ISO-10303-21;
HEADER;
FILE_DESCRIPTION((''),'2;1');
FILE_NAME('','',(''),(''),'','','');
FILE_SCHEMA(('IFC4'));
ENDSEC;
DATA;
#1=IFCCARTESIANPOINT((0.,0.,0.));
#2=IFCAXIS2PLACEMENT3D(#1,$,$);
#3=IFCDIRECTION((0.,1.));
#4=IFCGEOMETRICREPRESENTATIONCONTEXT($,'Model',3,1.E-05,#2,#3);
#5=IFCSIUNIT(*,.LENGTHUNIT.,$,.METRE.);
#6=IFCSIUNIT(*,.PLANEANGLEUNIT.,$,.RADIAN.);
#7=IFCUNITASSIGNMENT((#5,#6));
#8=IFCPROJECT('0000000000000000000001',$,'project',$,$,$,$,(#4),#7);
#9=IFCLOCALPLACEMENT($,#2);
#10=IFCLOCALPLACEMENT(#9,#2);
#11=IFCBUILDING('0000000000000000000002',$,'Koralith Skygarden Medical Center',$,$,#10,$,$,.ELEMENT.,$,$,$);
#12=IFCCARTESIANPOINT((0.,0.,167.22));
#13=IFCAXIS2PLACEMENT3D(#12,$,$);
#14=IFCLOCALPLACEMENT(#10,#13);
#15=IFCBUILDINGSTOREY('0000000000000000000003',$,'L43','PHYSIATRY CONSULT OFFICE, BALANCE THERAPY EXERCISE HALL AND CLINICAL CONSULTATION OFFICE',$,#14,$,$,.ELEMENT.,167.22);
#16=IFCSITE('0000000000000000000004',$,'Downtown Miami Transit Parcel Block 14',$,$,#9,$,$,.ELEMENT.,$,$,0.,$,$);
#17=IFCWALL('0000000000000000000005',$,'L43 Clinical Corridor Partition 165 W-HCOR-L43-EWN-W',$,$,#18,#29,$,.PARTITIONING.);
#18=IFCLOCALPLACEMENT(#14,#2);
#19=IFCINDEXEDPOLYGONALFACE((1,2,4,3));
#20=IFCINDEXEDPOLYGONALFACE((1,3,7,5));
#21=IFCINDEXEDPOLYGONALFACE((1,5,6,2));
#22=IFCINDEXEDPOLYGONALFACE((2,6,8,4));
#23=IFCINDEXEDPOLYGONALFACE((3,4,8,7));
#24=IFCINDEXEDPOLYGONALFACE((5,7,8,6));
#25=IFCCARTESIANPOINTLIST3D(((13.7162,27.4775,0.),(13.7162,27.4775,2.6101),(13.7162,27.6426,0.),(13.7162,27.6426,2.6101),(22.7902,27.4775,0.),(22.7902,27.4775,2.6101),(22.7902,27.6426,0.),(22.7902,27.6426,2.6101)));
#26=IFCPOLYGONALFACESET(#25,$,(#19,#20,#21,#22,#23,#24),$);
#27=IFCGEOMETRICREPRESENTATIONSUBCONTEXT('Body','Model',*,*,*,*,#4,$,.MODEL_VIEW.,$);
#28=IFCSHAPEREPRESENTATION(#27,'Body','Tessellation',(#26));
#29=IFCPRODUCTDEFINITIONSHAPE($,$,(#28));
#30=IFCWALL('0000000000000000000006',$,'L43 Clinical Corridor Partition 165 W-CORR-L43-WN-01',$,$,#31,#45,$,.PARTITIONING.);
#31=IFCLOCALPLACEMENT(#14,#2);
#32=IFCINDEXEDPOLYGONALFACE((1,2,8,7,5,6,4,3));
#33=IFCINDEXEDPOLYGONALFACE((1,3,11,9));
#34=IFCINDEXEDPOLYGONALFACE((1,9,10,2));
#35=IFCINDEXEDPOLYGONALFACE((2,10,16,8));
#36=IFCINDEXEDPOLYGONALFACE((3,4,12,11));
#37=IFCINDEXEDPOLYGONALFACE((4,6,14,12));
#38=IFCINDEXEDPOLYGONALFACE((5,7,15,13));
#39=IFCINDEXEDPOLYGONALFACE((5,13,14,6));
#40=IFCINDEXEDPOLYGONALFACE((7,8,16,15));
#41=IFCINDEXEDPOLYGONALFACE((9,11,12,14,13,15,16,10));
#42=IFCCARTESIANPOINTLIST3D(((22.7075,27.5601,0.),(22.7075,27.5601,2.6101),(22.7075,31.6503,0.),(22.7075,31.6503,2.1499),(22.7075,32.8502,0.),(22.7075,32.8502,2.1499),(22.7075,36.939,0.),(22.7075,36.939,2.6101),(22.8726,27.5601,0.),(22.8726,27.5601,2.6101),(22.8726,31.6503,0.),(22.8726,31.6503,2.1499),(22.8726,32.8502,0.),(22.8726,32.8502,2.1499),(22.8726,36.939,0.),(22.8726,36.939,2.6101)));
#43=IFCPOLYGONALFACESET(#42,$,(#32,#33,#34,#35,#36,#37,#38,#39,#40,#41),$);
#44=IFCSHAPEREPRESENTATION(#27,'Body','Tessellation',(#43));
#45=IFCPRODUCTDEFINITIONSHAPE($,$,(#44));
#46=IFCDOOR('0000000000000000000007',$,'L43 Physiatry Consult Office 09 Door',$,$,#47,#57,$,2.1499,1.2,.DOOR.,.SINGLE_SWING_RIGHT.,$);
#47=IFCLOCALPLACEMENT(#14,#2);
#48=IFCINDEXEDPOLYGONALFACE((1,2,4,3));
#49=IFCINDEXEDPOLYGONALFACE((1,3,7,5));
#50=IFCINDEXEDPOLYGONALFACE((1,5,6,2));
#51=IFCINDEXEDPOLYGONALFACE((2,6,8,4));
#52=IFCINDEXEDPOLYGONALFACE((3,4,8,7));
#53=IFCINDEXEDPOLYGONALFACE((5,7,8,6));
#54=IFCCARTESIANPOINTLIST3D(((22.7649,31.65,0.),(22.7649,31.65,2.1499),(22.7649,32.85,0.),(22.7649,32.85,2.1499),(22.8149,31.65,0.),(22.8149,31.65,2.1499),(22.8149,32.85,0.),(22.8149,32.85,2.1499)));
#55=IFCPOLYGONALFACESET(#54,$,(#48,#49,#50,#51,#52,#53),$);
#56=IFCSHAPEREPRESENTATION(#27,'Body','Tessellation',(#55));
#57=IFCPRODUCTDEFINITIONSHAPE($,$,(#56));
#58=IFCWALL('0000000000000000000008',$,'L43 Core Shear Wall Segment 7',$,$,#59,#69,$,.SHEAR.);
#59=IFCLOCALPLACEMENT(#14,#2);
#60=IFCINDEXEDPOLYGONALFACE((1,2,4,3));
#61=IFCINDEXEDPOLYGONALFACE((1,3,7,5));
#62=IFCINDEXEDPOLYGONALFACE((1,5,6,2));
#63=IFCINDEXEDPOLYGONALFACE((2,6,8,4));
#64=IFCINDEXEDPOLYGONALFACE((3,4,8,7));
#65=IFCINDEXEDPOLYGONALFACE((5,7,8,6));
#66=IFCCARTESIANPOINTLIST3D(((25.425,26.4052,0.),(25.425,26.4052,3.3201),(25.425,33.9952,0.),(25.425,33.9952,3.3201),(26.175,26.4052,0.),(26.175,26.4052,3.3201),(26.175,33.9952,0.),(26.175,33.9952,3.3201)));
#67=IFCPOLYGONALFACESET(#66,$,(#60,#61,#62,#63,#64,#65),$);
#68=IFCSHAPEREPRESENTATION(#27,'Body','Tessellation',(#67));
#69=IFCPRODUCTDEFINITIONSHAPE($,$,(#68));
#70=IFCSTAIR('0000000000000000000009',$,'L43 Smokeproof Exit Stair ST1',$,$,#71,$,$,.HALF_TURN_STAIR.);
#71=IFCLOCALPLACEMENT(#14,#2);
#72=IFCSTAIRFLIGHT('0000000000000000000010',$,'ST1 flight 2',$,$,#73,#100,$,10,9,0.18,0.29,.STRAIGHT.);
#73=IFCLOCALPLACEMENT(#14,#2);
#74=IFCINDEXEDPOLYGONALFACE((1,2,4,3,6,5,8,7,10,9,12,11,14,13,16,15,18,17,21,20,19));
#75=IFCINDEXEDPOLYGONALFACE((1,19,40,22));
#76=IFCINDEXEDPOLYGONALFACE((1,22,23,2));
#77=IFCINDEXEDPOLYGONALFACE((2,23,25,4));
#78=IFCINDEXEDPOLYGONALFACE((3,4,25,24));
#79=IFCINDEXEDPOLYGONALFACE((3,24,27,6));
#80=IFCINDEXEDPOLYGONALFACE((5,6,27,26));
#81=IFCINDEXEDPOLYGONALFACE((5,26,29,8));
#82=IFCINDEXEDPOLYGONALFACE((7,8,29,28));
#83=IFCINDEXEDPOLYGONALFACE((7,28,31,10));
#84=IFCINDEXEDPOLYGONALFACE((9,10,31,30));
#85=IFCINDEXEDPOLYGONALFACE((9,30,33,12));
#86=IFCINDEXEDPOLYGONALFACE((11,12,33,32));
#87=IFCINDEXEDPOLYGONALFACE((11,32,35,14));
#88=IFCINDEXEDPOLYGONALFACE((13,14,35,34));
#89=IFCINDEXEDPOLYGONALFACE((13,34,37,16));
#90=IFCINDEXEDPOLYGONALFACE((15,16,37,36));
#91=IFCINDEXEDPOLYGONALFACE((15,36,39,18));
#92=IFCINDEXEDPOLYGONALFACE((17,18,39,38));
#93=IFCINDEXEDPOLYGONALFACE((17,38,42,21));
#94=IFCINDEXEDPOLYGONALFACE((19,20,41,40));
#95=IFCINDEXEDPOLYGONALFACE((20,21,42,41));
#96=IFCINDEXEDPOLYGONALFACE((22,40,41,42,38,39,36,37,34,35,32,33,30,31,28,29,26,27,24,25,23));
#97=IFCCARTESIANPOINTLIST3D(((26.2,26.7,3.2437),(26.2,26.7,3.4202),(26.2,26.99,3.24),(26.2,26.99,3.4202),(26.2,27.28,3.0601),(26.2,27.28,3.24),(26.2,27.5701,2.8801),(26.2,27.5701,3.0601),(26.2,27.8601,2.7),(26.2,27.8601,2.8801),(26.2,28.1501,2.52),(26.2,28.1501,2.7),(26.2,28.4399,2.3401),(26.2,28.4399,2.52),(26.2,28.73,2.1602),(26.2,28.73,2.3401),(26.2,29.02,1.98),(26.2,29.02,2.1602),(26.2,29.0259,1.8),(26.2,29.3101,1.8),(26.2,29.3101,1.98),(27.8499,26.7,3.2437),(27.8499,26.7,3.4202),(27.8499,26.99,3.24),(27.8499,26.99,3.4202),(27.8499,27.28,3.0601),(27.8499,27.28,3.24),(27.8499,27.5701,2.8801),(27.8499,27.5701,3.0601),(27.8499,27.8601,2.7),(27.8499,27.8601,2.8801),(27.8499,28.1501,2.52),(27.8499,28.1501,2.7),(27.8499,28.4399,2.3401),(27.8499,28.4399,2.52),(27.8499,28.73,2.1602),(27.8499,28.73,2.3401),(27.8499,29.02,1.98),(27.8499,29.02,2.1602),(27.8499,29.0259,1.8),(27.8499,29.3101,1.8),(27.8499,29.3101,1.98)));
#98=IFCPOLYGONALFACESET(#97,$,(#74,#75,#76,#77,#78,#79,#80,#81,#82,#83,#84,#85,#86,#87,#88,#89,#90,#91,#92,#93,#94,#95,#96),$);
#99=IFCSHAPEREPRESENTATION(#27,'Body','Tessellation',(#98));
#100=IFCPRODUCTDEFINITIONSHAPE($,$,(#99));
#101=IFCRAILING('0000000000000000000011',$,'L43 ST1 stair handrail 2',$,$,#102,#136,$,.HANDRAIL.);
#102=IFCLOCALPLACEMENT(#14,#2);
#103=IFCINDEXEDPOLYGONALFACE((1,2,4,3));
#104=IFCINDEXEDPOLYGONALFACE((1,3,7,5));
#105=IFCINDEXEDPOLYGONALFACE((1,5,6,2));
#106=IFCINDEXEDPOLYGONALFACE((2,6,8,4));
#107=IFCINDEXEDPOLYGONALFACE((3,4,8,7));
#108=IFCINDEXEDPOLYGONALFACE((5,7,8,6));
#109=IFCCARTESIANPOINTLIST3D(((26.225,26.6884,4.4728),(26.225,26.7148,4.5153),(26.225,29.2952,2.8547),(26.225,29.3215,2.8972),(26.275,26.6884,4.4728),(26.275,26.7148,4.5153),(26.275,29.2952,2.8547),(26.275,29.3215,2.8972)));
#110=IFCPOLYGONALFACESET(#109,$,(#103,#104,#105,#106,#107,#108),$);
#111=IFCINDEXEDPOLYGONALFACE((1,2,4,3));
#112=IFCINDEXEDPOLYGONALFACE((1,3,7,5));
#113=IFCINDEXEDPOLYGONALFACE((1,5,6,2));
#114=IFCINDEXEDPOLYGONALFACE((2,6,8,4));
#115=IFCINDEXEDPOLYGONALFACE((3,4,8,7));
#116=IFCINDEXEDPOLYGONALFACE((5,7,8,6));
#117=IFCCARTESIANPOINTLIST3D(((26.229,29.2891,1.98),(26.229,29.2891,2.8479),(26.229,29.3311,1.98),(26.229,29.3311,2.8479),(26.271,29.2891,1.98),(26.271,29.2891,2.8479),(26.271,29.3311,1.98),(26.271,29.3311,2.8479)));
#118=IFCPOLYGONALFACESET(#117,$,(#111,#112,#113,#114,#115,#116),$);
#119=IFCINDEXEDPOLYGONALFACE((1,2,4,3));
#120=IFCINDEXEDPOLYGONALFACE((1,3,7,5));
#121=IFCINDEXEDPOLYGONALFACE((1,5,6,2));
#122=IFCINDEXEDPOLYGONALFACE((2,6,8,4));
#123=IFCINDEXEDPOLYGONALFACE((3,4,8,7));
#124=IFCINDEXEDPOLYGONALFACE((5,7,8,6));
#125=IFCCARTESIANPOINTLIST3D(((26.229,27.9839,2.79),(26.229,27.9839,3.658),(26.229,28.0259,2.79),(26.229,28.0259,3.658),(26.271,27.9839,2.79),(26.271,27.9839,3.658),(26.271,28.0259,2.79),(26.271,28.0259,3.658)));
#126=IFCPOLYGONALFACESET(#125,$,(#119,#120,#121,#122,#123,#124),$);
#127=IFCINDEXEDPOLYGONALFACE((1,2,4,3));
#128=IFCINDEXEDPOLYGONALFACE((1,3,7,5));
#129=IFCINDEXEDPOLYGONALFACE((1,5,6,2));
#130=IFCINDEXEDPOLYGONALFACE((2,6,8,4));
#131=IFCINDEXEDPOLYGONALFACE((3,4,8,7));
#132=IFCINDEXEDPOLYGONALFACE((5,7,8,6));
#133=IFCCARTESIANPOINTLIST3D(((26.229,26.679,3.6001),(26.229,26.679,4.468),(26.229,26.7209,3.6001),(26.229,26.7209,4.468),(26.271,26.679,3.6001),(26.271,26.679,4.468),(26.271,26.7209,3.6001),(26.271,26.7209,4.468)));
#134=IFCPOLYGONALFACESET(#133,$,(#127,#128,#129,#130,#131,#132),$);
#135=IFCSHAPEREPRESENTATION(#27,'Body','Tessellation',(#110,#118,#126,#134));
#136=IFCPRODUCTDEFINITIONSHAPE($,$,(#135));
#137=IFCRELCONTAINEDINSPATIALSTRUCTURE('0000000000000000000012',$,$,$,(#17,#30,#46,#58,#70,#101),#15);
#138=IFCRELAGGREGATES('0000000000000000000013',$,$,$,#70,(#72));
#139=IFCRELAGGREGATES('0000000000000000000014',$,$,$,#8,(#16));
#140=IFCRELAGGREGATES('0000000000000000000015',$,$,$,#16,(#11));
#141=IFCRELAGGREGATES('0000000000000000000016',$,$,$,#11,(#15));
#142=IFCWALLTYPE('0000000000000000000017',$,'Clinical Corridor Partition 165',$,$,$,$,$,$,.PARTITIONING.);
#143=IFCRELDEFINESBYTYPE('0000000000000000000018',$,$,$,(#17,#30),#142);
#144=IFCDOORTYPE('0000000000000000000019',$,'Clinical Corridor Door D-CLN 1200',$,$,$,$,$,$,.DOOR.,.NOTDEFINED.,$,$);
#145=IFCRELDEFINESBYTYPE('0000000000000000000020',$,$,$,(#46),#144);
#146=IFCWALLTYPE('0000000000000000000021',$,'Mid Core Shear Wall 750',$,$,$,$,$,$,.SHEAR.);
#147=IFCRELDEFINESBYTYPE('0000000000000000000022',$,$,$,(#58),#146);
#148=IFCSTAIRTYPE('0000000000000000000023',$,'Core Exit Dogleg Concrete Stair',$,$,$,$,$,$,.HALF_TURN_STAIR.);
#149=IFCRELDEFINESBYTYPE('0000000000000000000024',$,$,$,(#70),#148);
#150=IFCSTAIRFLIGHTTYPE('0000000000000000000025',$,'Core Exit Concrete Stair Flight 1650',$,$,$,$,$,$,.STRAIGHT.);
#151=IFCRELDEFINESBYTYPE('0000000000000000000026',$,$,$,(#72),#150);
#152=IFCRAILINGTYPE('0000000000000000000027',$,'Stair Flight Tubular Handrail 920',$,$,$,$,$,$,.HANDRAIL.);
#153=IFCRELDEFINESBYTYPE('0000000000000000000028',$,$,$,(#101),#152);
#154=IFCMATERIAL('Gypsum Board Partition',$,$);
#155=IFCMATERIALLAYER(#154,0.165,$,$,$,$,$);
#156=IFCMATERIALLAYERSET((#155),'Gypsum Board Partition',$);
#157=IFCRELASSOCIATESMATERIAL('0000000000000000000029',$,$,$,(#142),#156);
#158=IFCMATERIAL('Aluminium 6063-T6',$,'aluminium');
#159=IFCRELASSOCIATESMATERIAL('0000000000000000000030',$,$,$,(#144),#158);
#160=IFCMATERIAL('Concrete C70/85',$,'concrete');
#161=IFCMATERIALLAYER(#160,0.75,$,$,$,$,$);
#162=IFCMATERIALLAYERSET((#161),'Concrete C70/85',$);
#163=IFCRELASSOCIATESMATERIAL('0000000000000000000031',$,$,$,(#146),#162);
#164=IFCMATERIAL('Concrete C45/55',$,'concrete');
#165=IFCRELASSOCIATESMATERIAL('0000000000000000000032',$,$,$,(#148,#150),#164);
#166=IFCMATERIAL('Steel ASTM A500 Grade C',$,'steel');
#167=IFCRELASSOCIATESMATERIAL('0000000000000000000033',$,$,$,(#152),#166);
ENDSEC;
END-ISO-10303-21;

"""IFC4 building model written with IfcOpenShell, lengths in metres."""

from ifc_helpers import new_model, si_unit, direction, frame, frame_2d, origin, origin_2d, place, context, subcontext, project, spatial, polyline, rectangle, outline, extrude, material, layer, layer_set, type_object, element, fill, aggregate, save


model = new_model("IFC4")

# Units and contexts
model_context = context("Model", 3, precision=1e-05, world=origin(), true_north=direction((0.0, 1.0)))
body_context = subcontext(model_context, "Body", "Model", "MODEL_VIEW")
ifc_project = project(units=[si_unit("LENGTHUNIT", "METRE"), si_unit("PLANEANGLEUNIT", "RADIAN")], contexts=[model_context])

# Site, building, storey
site_placement = place(None, origin())
site = spatial("IfcSite", under=ifc_project, at=site_placement, Name="Downtown Miami Transit Parcel Block 14", CompositionType="ELEMENT", RefElevation=0.0)
building_placement = place(site_placement, origin())
building = spatial("IfcBuilding", under=site, at=building_placement, Name="Koralith Skygarden Medical Center", CompositionType="ELEMENT")
storey_placement = place(building_placement, frame((0.0, 0.0, 167.22)))
storey = spatial("IfcBuildingStorey", under=building, at=storey_placement, Name="L43", Description="PHYSIATRY CONSULT OFFICE, BALANCE THERAPY EXERCISE HALL AND CLINICAL CONSULTATION OFFICE", CompositionType="ELEMENT", Elevation=167.22)

# Shared definitions
ifc_material_1 = material(Name="Concrete C70/85", Category="concrete")

# Shared definitions
ifc_material_2 = material(Name="Aluminium 6063-T6", Category="aluminium")

# Shared definitions
ifc_material_3 = material(Name="Concrete C45/55", Category="concrete")

# Wall
ifc_material_4 = material(Name="Gypsum Board Partition")
ifc_layer_1 = layer(ifc_material_4, 0.165)
ifc_layer_set_1 = layer_set([ifc_layer_1], Name="Gypsum Board Partition")
wall_type_1 = type_object("IfcWallType", Name="Clinical Corridor Partition 165", PredefinedType="PARTITIONING", material=ifc_layer_set_1)
wall_1_placement = place(storey_placement, frame((13.7161, 27.5601, 0.0), z_axis=(0.0, 0.0, 1.0), x_axis=(1.0, 0.0, 0.0)))
element("IfcWall", 1, at=wall_1_placement, inside=storey, type_object=wall_type_1, Name="L43 Clinical Corridor Partition 165 W-HCOR-L43-EWN-W", PredefinedType="PARTITIONING", context=body_context, shape_type="SweptSolid", body=[
    extrude(rectangle(XDim=9.074, YDim=0.165, at=frame_2d((4.5371, 0.0))), origin(), (0.0, 0.0, 1.0), 2.6101),
])

# Wall, opening, door
wall_2_placement = place(storey_placement, frame((22.79, 27.5601, 0.0), z_axis=(0.0, 0.0, 1.0), x_axis=(0.0, 1.0, 0.0)))
wall_2 = element("IfcWall", 2, at=wall_2_placement, inside=storey, type_object=wall_type_1, Name="L43 Clinical Corridor Partition 165 W-CORR-L43-WN-01", PredefinedType="PARTITIONING", context=body_context, shape_type="SweptSolid", body=[
    extrude(rectangle(XDim=9.3789, YDim=0.165, at=frame_2d((4.6895, 0.0))), origin(), (0.0, 0.0, 1.0), 2.6101),
])
opening_placement = place(wall_2_placement, frame((4.0901, 0.0, 0.0)))
opening = element("IfcOpeningElement", 3, at=opening_placement, cuts=wall_2, PredefinedType="OPENING", context=body_context, shape_type="SweptSolid", body=[
    extrude(rectangle(XDim=1.2, YDim=2.1499, at=frame_2d((0.6001, 1.075))), frame((0.0, 0.0925, 0.0), z_axis=(0.0, -1.0, 0.0), x_axis=(1.0, 0.0, 0.0)), (0.0, 0.0, 1.0), 0.1851),
])
door_type = type_object("IfcDoorType", Name="Clinical Corridor Door D-CLN 1200", OperationType="NOTDEFINED", PredefinedType="DOOR", material=ifc_material_2)
door_placement = place(opening_placement, frame((1.2, 0.0, 0.0), z_axis=(0.0, 0.0, 1.0), x_axis=(-1.0, 0.0, 0.0)))
door = element("IfcDoor", 4, at=door_placement, inside=storey, type_object=door_type, Name="L43 Physiatry Consult Office 09 Door", OperationType="SINGLE_SWING_RIGHT", OverallHeight=2.1499, OverallWidth=1.2, PredefinedType="DOOR", context=body_context, shape_type="SweptSolid", body=[
    extrude(rectangle(XDim=1.2, YDim=2.1499, at=frame_2d((0.6001, 1.075))), frame((0.0, 0.0249, 0.0), z_axis=(0.0, -1.0, 0.0), x_axis=(1.0, 0.0, 0.0)), (0.0, 0.0, 1.0), 0.05),
])
fill(opening, door)

# Wall
ifc_layer_2 = layer(ifc_material_1, 0.75)
ifc_layer_set_2 = layer_set([ifc_layer_2], Name="Concrete C70/85")
wall_type_2 = type_object("IfcWallType", Name="Mid Core Shear Wall 750", PredefinedType="SHEAR", material=ifc_layer_set_2)
wall_3_placement = place(storey_placement, frame((25.8, 33.9951, 0.0), z_axis=(0.0, 0.0, 1.0), x_axis=(0.0, -1.0, 0.0)))
element("IfcWall", 5, at=wall_3_placement, inside=storey, type_object=wall_type_2, Name="L43 Core Shear Wall Segment 7", PredefinedType="SHEAR", context=body_context, shape_type="SweptSolid", body=[
    extrude(rectangle(XDim=7.5901, YDim=0.75, at=frame_2d((3.7949, 0.0))), origin(), (0.0, 0.0, 1.0), 3.3201),
])

# Stair, stair flight
stair_type = type_object("IfcStairType", Name="Core Exit Dogleg Concrete Stair", PredefinedType="HALF_TURN_STAIR", material=ifc_material_3)
stair_placement = place(storey_placement, origin())
stair = element("IfcStair", 6, at=stair_placement, inside=storey, type_object=stair_type, Name="L43 Smokeproof Exit Stair ST1", PredefinedType="HALF_TURN_STAIR")
stair_flight_type = type_object("IfcStairFlightType", Name="Core Exit Concrete Stair Flight 1650", PredefinedType="STRAIGHT", material=ifc_material_3)
stair_flight_placement = place(storey_placement, frame((27.0249, 29.3101, 1.8), z_axis=(0.0, 0.0, 1.0), x_axis=(0.0, -1.0, 0.0)))
stair_flight = element("IfcStairFlight", 7, at=stair_flight_placement, type_object=stair_flight_type, Name="ST1 flight 2", NumberOfRisers=10, NumberOfTreads=9, PredefinedType="STRAIGHT", RiserHeight=0.18, TreadLength=0.29, context=body_context, shape_type="SweptSolid", body=[
    extrude(outline(polyline([(0.0, 0.0), (0.0, 0.1799), (0.29, 0.1799), (0.29, 0.3601), (0.5801, 0.3601), (0.5801, 0.54), (0.8701, 0.54), (0.8701, 0.72), (1.1599, 0.72), (1.1599, 0.8999), (1.45, 0.8999), (1.45, 1.0801), (1.74, 1.0801), (1.74, 1.26), (2.03, 1.26), (2.03, 1.4399), (2.3201, 1.4399), (2.3201, 1.6201), (2.6101, 1.6201), (2.6101, 1.8), (2.6101, 1.4436), (0.2842, 0.0), (0.0, 0.0)])), frame((0.0, 0.825, 0.0), z_axis=(0.0, -1.0, 0.0), x_axis=(1.0, 0.0, 0.0)), (0.0, 0.0, 1.0), 1.6499),
])
aggregate(stair, [stair_flight])

# Railing
ifc_material_5 = material(Name="Steel ASTM A500 Grade C", Category="steel")
railing_type = type_object("IfcRailingType", Name="Stair Flight Tubular Handrail 920", PredefinedType="HANDRAIL", material=ifc_material_5)
railing_placement = place(storey_placement, frame((26.25, 29.3101, 1.98)))
element("IfcRailing", 8, at=railing_placement, inside=storey, type_object=railing_type, Name="L43 ST1 stair handrail 2", PredefinedType="HANDRAIL", context=body_context, shape_type="SweptSolid", body=[
    extrude(rectangle(XDim=0.05, YDim=0.05, at=origin_2d()), frame((0.0, -0.0017, 0.896), z_axis=(0.0, -0.849633, 0.527375), x_axis=(1.0, 0.0, 0.0)), (0.0, 0.0, 1.0), 3.0681),
    extrude(rectangle(XDim=0.042, YDim=0.042, at=origin_2d()), origin(), (0.0, 0.0, 1.0), 0.8679),
    extrude(rectangle(XDim=0.042, YDim=0.042, at=origin_2d()), frame((0.0, -1.3052, 0.8101)), (0.0, 0.0, 1.0), 0.8679),
    extrude(rectangle(XDim=0.042, YDim=0.042, at=origin_2d()), frame((0.0, -2.6101, 1.6201)), (0.0, 0.0, 1.0), 0.8679),
])

save(model, "model.ifc")
